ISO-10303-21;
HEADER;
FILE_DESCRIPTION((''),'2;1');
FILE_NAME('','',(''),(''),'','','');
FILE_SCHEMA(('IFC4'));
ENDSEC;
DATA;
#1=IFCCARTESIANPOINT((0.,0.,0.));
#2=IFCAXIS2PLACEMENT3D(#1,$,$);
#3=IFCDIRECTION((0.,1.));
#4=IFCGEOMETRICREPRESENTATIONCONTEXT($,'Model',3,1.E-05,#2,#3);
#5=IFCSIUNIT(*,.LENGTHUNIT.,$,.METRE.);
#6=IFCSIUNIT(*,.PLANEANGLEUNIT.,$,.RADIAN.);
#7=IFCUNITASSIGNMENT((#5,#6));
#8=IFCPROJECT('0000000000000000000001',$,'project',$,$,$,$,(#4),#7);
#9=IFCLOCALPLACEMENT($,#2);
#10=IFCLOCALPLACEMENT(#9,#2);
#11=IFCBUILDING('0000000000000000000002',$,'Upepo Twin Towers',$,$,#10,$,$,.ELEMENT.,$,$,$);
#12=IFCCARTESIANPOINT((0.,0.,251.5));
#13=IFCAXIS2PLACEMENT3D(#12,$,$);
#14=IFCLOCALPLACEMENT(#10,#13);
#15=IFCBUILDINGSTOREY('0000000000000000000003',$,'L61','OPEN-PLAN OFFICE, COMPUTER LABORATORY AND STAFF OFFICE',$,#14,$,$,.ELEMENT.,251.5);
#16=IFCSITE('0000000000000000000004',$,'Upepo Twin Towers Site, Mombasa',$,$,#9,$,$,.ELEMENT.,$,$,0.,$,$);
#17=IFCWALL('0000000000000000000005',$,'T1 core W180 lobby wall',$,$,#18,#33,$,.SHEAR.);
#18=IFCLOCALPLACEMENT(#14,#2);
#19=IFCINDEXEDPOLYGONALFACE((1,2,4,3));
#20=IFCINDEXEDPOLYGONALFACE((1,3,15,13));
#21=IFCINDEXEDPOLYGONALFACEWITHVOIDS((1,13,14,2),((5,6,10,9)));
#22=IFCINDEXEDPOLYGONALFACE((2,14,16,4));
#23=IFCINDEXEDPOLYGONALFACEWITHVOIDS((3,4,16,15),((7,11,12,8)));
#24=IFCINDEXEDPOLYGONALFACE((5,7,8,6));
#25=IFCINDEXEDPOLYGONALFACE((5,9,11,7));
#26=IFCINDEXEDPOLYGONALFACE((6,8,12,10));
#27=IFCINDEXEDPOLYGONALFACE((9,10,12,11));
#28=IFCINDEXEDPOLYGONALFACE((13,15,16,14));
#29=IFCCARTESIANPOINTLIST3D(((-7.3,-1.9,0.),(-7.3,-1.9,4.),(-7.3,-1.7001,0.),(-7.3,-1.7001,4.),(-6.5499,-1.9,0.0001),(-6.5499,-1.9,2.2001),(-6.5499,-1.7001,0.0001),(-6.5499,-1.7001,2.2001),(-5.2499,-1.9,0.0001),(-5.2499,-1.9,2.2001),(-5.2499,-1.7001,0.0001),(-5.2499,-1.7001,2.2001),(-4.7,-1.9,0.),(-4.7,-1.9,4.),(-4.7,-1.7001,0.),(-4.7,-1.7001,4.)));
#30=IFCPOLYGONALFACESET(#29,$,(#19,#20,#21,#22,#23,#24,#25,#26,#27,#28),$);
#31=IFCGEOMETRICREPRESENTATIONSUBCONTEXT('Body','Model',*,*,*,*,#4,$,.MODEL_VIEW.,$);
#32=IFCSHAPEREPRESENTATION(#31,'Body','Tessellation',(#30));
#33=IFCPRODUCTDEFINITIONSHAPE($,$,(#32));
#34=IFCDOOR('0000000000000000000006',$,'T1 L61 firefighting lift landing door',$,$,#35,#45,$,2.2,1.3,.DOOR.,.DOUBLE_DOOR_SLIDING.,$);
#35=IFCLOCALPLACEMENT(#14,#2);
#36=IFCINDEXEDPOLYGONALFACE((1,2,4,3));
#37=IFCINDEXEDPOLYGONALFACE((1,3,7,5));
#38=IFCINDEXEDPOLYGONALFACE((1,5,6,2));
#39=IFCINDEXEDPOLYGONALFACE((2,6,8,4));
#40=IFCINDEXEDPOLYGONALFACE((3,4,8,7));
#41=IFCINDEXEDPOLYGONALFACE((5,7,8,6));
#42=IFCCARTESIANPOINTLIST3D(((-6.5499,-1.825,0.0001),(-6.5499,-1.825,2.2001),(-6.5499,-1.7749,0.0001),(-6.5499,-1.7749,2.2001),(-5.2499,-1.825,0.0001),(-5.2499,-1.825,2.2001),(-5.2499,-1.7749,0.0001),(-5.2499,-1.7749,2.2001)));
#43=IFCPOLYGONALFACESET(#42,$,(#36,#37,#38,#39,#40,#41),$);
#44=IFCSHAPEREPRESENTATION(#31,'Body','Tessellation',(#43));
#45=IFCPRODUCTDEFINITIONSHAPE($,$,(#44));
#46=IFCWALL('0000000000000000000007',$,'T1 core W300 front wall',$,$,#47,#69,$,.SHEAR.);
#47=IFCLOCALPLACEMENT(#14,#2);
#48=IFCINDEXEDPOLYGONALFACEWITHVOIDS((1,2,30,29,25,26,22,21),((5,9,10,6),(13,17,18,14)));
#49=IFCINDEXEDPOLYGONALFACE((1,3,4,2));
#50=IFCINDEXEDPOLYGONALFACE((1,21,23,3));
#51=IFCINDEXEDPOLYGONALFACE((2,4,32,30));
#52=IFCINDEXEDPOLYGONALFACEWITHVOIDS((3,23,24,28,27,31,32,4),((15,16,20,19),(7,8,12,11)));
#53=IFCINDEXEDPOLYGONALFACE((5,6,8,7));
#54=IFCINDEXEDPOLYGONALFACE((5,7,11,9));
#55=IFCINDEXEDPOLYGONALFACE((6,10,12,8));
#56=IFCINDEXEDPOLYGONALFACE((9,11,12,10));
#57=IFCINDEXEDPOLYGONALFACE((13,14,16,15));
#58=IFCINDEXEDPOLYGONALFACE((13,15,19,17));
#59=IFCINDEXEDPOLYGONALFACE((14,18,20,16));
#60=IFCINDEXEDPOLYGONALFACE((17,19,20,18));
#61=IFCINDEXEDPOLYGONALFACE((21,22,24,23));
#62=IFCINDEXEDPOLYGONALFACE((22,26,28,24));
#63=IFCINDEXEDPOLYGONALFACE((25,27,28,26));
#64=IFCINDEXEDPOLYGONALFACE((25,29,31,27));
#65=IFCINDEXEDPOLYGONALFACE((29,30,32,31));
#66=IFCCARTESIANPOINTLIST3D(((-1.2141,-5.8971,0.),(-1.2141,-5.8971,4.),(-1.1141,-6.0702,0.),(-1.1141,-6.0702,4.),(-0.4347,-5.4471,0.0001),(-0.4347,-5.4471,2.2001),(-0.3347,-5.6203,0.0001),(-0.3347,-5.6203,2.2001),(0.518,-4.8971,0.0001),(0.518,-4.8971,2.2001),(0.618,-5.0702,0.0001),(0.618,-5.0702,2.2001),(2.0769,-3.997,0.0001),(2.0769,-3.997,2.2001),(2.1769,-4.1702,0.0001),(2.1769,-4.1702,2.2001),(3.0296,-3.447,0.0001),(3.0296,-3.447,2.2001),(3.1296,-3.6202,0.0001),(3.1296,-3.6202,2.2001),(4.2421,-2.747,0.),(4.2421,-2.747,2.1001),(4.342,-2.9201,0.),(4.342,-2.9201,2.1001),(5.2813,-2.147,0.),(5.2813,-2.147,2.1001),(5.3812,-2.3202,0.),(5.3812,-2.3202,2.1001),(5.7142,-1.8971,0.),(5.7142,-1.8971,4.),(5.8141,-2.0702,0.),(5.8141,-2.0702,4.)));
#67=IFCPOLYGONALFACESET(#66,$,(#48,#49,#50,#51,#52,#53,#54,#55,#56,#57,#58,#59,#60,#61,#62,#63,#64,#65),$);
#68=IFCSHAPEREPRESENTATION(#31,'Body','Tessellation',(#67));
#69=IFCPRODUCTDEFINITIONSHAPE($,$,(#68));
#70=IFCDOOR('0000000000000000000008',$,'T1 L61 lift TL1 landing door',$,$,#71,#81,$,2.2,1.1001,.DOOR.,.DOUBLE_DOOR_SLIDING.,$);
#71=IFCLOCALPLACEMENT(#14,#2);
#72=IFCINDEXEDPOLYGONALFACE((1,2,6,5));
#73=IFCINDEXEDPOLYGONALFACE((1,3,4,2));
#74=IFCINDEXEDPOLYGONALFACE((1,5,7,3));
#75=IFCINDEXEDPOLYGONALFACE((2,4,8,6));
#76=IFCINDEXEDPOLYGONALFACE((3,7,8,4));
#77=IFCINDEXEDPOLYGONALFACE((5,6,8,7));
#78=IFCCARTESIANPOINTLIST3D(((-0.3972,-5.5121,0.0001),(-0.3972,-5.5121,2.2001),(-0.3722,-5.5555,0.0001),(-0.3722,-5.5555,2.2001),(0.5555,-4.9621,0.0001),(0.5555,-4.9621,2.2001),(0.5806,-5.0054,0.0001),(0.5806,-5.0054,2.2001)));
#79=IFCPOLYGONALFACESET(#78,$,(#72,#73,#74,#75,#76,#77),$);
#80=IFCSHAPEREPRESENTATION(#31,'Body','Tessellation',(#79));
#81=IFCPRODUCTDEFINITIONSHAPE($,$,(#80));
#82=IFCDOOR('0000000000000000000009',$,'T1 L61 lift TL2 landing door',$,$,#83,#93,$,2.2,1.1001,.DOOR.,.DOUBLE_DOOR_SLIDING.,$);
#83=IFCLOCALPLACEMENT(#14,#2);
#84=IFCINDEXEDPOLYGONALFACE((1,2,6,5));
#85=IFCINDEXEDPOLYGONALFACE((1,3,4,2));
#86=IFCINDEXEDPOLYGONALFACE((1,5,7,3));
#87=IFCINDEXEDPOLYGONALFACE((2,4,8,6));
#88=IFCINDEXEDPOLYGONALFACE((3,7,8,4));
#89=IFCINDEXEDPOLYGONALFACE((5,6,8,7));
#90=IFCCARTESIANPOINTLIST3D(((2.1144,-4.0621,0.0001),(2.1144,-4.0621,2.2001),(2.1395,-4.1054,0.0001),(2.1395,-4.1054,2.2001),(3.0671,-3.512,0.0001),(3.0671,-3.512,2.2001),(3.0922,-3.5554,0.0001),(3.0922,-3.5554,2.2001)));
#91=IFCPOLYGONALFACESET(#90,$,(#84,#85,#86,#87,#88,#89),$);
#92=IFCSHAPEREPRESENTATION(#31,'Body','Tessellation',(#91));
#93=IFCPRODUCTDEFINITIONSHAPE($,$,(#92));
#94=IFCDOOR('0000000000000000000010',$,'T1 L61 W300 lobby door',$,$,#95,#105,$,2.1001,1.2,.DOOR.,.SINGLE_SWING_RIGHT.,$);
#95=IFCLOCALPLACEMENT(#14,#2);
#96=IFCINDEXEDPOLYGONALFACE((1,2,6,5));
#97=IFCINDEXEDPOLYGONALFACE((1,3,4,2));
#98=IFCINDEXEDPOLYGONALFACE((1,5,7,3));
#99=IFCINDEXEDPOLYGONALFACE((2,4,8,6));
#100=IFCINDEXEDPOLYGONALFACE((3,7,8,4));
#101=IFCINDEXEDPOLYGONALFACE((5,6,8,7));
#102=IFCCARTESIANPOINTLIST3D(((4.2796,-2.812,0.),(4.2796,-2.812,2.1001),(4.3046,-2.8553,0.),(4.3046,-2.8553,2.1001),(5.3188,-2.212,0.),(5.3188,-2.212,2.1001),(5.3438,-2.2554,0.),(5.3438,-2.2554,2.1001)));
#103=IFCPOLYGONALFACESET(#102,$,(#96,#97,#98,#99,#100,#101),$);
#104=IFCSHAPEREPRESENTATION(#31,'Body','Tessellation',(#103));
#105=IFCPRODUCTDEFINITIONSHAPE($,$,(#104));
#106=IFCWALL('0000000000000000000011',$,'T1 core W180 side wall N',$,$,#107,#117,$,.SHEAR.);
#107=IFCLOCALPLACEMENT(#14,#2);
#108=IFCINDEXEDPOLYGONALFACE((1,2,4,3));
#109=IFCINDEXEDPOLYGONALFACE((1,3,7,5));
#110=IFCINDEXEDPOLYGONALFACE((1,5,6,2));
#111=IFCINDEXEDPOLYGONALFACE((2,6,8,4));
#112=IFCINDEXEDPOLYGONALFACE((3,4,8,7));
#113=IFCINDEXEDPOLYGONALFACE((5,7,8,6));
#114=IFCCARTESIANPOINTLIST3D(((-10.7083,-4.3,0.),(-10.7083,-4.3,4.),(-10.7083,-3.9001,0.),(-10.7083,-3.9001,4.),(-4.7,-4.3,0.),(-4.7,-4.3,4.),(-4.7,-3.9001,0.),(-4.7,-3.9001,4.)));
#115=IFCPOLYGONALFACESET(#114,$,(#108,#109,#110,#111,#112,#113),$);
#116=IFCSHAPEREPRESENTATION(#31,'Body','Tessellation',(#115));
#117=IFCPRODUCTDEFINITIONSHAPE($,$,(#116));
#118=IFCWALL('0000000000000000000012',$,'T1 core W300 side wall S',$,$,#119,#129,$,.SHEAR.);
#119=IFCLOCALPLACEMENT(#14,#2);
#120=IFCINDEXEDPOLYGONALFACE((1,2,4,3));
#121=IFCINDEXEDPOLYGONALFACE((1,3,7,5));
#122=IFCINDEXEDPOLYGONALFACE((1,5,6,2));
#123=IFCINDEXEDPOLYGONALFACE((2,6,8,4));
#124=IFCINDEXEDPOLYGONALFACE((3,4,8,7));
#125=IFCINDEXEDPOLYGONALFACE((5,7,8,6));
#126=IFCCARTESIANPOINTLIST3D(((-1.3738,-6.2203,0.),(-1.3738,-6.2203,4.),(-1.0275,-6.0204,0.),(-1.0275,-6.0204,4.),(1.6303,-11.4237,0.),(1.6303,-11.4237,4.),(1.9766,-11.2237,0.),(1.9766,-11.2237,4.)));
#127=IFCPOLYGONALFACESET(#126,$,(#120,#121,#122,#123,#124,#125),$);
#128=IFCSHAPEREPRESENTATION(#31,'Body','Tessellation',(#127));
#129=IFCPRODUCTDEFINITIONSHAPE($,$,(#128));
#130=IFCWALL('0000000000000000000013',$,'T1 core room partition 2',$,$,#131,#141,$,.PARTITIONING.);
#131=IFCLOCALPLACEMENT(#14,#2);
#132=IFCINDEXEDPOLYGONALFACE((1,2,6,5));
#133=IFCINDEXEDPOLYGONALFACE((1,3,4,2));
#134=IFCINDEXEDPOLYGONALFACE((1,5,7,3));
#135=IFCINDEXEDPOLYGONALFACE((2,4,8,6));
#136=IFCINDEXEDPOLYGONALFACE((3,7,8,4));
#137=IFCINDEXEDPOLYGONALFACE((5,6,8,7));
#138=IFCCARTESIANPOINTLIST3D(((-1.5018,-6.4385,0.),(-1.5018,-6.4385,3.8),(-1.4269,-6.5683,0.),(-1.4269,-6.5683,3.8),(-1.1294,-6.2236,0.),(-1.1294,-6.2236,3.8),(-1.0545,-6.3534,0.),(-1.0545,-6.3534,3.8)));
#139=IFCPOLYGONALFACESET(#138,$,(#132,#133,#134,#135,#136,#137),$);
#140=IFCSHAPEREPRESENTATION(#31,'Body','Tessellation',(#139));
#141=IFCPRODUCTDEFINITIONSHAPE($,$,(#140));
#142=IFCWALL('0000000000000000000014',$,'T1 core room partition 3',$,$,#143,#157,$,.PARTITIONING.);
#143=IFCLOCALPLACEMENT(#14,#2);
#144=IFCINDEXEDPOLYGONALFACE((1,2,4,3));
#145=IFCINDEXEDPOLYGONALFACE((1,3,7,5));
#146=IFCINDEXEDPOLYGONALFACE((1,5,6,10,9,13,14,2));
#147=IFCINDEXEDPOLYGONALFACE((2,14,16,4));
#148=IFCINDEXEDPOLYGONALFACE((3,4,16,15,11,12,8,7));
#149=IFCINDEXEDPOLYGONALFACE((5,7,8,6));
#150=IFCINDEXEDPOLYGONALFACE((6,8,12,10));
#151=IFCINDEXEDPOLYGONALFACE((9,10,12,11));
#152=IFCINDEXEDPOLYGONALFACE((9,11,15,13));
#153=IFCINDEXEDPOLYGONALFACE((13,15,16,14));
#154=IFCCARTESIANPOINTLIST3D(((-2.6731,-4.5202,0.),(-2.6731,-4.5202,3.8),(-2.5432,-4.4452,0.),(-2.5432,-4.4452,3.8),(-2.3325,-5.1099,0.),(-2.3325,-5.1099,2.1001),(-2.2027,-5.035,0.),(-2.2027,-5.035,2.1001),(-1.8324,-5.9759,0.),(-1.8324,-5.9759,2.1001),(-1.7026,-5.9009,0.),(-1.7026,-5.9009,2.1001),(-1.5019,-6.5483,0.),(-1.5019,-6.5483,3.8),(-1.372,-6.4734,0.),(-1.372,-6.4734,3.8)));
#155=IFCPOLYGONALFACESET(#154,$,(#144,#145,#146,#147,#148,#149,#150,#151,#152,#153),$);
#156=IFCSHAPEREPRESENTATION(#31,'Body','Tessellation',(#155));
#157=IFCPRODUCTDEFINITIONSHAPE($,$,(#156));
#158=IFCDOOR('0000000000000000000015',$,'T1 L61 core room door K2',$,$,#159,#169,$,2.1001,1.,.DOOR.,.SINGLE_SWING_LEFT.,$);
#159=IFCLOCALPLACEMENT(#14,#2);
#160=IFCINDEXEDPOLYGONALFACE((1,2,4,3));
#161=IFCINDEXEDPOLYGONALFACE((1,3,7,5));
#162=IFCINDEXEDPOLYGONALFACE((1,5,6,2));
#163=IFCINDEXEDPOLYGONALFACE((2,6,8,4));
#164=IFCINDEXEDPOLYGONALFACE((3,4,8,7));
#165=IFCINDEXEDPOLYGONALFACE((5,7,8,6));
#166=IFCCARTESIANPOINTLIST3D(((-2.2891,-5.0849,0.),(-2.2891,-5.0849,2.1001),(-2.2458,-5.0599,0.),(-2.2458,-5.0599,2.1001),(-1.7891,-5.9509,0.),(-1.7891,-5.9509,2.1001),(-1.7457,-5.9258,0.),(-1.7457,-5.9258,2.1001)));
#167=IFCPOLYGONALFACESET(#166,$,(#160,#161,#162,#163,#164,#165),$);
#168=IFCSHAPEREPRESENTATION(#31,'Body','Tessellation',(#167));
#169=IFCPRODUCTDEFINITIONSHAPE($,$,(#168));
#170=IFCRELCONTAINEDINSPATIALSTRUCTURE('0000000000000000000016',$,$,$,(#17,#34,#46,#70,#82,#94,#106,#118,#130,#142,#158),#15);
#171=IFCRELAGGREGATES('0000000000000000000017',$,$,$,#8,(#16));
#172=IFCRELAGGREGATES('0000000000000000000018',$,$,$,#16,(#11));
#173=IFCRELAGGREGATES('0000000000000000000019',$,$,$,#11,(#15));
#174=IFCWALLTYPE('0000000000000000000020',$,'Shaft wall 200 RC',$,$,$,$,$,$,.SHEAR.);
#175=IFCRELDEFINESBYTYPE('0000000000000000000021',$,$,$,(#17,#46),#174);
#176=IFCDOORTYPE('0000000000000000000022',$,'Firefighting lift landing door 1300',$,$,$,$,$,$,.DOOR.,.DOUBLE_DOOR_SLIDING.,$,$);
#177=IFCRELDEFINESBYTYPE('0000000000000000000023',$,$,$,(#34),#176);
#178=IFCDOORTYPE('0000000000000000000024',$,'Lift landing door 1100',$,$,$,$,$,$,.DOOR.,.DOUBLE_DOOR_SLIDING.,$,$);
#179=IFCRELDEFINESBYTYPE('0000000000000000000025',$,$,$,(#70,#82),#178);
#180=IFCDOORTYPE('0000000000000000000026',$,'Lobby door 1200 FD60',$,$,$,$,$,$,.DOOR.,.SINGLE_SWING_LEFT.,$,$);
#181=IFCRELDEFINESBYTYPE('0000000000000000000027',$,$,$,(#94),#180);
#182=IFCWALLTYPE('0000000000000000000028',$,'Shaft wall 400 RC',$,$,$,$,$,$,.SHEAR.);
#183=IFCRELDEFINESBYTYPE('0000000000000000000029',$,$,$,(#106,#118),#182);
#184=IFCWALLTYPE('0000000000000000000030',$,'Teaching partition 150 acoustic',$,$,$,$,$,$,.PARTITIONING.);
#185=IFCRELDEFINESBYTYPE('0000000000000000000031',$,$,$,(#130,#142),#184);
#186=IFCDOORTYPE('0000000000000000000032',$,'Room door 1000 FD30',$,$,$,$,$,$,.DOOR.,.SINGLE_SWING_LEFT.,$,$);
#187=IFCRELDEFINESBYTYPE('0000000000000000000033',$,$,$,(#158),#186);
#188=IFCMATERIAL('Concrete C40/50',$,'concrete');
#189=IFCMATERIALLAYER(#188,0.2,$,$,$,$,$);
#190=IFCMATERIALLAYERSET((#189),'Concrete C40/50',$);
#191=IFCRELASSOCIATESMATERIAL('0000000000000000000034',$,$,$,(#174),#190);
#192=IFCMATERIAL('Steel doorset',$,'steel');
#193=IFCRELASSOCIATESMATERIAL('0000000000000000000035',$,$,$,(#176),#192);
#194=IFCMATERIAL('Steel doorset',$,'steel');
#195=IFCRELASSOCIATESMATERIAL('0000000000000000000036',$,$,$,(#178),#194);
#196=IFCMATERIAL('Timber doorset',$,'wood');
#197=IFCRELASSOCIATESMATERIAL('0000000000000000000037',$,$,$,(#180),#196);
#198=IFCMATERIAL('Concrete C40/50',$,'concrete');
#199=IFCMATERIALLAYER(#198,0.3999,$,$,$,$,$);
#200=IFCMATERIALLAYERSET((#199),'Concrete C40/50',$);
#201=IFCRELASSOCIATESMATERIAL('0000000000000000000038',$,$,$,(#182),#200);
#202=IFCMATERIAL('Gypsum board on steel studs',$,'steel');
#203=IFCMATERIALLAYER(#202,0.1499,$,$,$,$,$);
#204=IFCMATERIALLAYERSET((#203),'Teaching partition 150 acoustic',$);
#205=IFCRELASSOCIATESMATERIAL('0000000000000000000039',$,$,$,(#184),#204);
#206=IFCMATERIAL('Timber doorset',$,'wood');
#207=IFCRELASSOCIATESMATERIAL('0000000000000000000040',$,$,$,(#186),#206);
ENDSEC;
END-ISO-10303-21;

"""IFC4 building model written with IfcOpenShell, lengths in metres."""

from ifc_helpers import new_model, si_unit, direction, frame, frame_2d, origin, place, context, subcontext, project, spatial, rectangle, extrude, material, layer, layer_set, type_object, element, fill, save


model = new_model("IFC4")

# Units and contexts
model_context = context("Model", 3, precision=1e-05, world=origin(), true_north=direction((0.0, 1.0)))
body_context = subcontext(model_context, "Body", "Model", "MODEL_VIEW")
ifc_project = project(units=[si_unit("LENGTHUNIT", "METRE"), si_unit("PLANEANGLEUNIT", "RADIAN")], contexts=[model_context])

# Site, building, storey
site_placement = place(None, origin())
site = spatial("IfcSite", under=ifc_project, at=site_placement, Name="Upepo Twin Towers Site, Mombasa", CompositionType="ELEMENT", RefElevation=0.0)
building_placement = place(site_placement, origin())
building = spatial("IfcBuilding", under=site, at=building_placement, Name="Upepo Twin Towers", CompositionType="ELEMENT")
storey_placement = place(building_placement, frame((0.0, 0.0, 251.5)))
storey = spatial("IfcBuildingStorey", under=building, at=storey_placement, Name="L61", Description="OPEN-PLAN OFFICE, COMPUTER LABORATORY AND STAFF OFFICE", CompositionType="ELEMENT", Elevation=251.5)

# Wall, opening, door
ifc_material_1 = material(Name="Concrete C40/50", Category="concrete")
ifc_layer_1 = layer(ifc_material_1, 0.2)
ifc_layer_set_1 = layer_set([ifc_layer_1], Name="Concrete C40/50")
wall_type_1 = type_object("IfcWallType", Name="Shaft wall 200 RC", PredefinedType="SHEAR", material=ifc_layer_set_1)
wall_1_placement = place(storey_placement, frame((-4.7, -1.8, 0.0), z_axis=(0.0, 0.0, 1.0), x_axis=(-1.0, 0.0, 0.0)))
wall_1 = element("IfcWall", 1, at=wall_1_placement, inside=storey, type_object=wall_type_1, Name="T1 core W180 lobby wall", PredefinedType="SHEAR", context=body_context, shape_type="SweptSolid", body=[
    extrude(rectangle(XDim=2.6001, YDim=0.2, at=frame_2d((1.3, 0.0))), origin(), (0.0, 0.0, 1.0), 4.0),
])
opening_1_placement = place(wall_1_placement, frame((0.55, 0.0, 0.0)))
opening_1 = element("IfcOpeningElement", 2, at=opening_1_placement, cuts=wall_1, PredefinedType="OPENING", context=body_context, shape_type="SweptSolid", body=[
    extrude(rectangle(XDim=1.3, YDim=2.2, at=frame_2d((0.6499, 1.1001))), frame((0.0, 0.1099, 0.0), z_axis=(0.0, -1.0, 0.0), x_axis=(1.0, 0.0, 0.0)), (0.0, 0.0, 1.0), 0.22),
])
ifc_material_2 = material(Name="Steel doorset", Category="steel")
door_type_1 = type_object("IfcDoorType", Name="Firefighting lift landing door 1300", OperationType="DOUBLE_DOOR_SLIDING", PredefinedType="DOOR", material=ifc_material_2)
door_1_placement = place(opening_1_placement, origin())
door_1 = element("IfcDoor", 3, at=door_1_placement, inside=storey, type_object=door_type_1, Name="T1 L61 firefighting lift landing door", OperationType="DOUBLE_DOOR_SLIDING", OverallHeight=2.2, OverallWidth=1.3, PredefinedType="DOOR", context=body_context, shape_type="SweptSolid", body=[
    extrude(rectangle(XDim=1.3, YDim=2.2, at=frame_2d((0.6499, 1.1001))), frame((0.0, 0.0249, 0.0), z_axis=(0.0, -1.0, 0.0), x_axis=(1.0, 0.0, 0.0)), (0.0, 0.0, 1.0), 0.05),
])
fill(opening_1, door_1)

# Wall, openings, doors
wall_2_placement = place(storey_placement, frame((-1.1641, -5.9836, 0.0), z_axis=(0.0, 0.0, 1.0), x_axis=(0.866026, 0.499999, 0.0)))
wall_2 = element("IfcWall", 4, at=wall_2_placement, inside=storey, type_object=wall_type_1, Name="T1 core W300 front wall", PredefinedType="SHEAR", context=body_context, shape_type="SweptSolid", body=[
    extrude(rectangle(XDim=8.0, YDim=0.2, at=frame_2d((4.0, 0.0))), origin(), (0.0, 0.0, 1.0), 4.0),
])
opening_2_placement = place(wall_2_placement, frame((6.3, 0.0, 0.0)))
opening_2 = element("IfcOpeningElement", 5, at=opening_2_placement, cuts=wall_2, PredefinedType="OPENING", context=body_context, shape_type="SweptSolid", body=[
    extrude(rectangle(XDim=1.2, YDim=2.1001, at=frame_2d((0.6001, 1.05))), frame((0.0, 0.1099, 0.0), z_axis=(0.0, -1.0, 0.0), x_axis=(1.0, 0.0, 0.0)), (0.0, 0.0, 1.0), 0.22),
])
opening_3_placement = place(wall_2_placement, frame((0.8999, 0.0, 0.0)))
opening_3 = element("IfcOpeningElement", 6, at=opening_3_placement, cuts=wall_2, PredefinedType="OPENING", context=body_context, shape_type="SweptSolid", body=[
    extrude(rectangle(XDim=1.1001, YDim=2.2, at=frame_2d((0.55, 1.1001))), frame((0.0, 0.1099, 0.0), z_axis=(0.0, -1.0, 0.0), x_axis=(1.0, 0.0, 0.0)), (0.0, 0.0, 1.0), 0.22),
])
opening_4_placement = place(wall_2_placement, frame((3.8, 0.0, 0.0)))
opening_4 = element("IfcOpeningElement", 7, at=opening_4_placement, cuts=wall_2, PredefinedType="OPENING", context=body_context, shape_type="SweptSolid", body=[
    extrude(rectangle(XDim=1.1001, YDim=2.2, at=frame_2d((0.55, 1.1001))), frame((0.0, 0.1099, 0.0), z_axis=(0.0, -1.0, 0.0), x_axis=(1.0, 0.0, 0.0)), (0.0, 0.0, 1.0), 0.22),
])
ifc_material_3 = material(Name="Steel doorset", Category="steel")
door_type_2 = type_object("IfcDoorType", Name="Lift landing door 1100", OperationType="DOUBLE_DOOR_SLIDING", PredefinedType="DOOR", material=ifc_material_3)
door_2_placement = place(opening_3_placement, origin())
door_2 = element("IfcDoor", 8, at=door_2_placement, inside=storey, type_object=door_type_2, Name="T1 L61 lift TL1 landing door", OperationType="DOUBLE_DOOR_SLIDING", OverallHeight=2.2, OverallWidth=1.1001, PredefinedType="DOOR", context=body_context, shape_type="SweptSolid", body=[
    extrude(rectangle(XDim=1.1001, YDim=2.2, at=frame_2d((0.55, 1.1001))), frame((0.0, 0.0249, 0.0), z_axis=(0.0, -1.0, 0.0), x_axis=(1.0, 0.0, 0.0)), (0.0, 0.0, 1.0), 0.05),
])
fill(opening_3, door_2)
door_3_placement = place(opening_4_placement, origin())
door_3 = element("IfcDoor", 9, at=door_3_placement, inside=storey, type_object=door_type_2, Name="T1 L61 lift TL2 landing door", OperationType="DOUBLE_DOOR_SLIDING", OverallHeight=2.2, OverallWidth=1.1001, PredefinedType="DOOR", context=body_context, shape_type="SweptSolid", body=[
    extrude(rectangle(XDim=1.1001, YDim=2.2, at=frame_2d((0.55, 1.1001))), frame((0.0, 0.0249, 0.0), z_axis=(0.0, -1.0, 0.0), x_axis=(1.0, 0.0, 0.0)), (0.0, 0.0, 1.0), 0.05),
])
fill(opening_4, door_3)
ifc_material_4 = material(Name="Timber doorset", Category="wood")
door_type_3 = type_object("IfcDoorType", Name="Lobby door 1200 FD60", OperationType="SINGLE_SWING_LEFT", PredefinedType="DOOR", material=ifc_material_4)
door_4_placement = place(opening_2_placement, origin())
door_4 = element("IfcDoor", 10, at=door_4_placement, inside=storey, type_object=door_type_3, Name="T1 L61 W300 lobby door", OperationType="SINGLE_SWING_RIGHT", OverallHeight=2.1001, OverallWidth=1.2, PredefinedType="DOOR", context=body_context, shape_type="SweptSolid", body=[
    extrude(rectangle(XDim=1.2, YDim=2.1001, at=frame_2d((0.6001, 1.05))), frame((0.0, 0.0249, 0.0), z_axis=(0.0, -1.0, 0.0), x_axis=(1.0, 0.0, 0.0)), (0.0, 0.0, 1.0), 0.05),
])
fill(opening_2, door_4)

# Walls
ifc_material_5 = material(Name="Concrete C40/50", Category="concrete")
ifc_layer_2 = layer(ifc_material_5, 0.3999)
ifc_layer_set_2 = layer_set([ifc_layer_2], Name="Concrete C40/50")
wall_type_2 = type_object("IfcWallType", Name="Shaft wall 400 RC", PredefinedType="SHEAR", material=ifc_layer_set_2)
for number, where, z_axis, x_axis, name in (
    (11, (-4.7, -4.1001, 0.0), (0.0, 0.0, 1.0), (-1.0, 0.0, 0.0), "T1 core W180 side wall N"),
    (12, (-1.2007, -6.1204, 0.0), (0.0, 0.0, 1.0), (0.499998, -0.866027, 0.0), "T1 core W300 side wall S"),
):
    element("IfcWall", number, at=place(storey_placement, frame(where, z_axis=z_axis, x_axis=x_axis)), inside=storey, type_object=wall_type_2, Name=name, PredefinedType="SHEAR", context=body_context, shape_type="SweptSolid", body=[
        extrude(rectangle(XDim=6.0083, YDim=0.3999, at=frame_2d((3.0042, 0.0))), origin(), (0.0, 0.0, 1.0), 4.0),
    ])
ifc_material_6 = material(Name="Gypsum board on steel studs", Category="steel")
ifc_layer_3 = layer(ifc_material_6, 0.1499)
ifc_layer_set_3 = layer_set([ifc_layer_3], Name="Teaching partition 150 acoustic")
wall_type_3 = type_object("IfcWallType", Name="Teaching partition 150 acoustic", PredefinedType="PARTITIONING", material=ifc_layer_set_3)
wall_3_placement = place(storey_placement, frame((-1.092, -6.2886, 0.0), z_axis=(0.0, 0.0, 1.0), x_axis=(-0.866138, -0.499804, 0.0)))
element("IfcWall", 13, at=wall_3_placement, inside=storey, type_object=wall_type_3, Name="T1 core room partition 2", PredefinedType="PARTITIONING", context=body_context, shape_type="SweptSolid", body=[
    extrude(rectangle(XDim=0.4299, YDim=0.1499, at=frame_2d((0.2148, 0.0))), origin(), (0.0, 0.0, 1.0), 3.8),
])

# Wall, opening, door
wall_4_placement = place(storey_placement, frame((-1.437, -6.5107, 0.0), z_axis=(0.0, 0.0, 1.0), x_axis=(-0.500074, 0.865982, 0.0)))
wall_4 = element("IfcWall", 14, at=wall_4_placement, inside=storey, type_object=wall_type_3, Name="T1 core room partition 3", PredefinedType="PARTITIONING", context=body_context, shape_type="SweptSolid", body=[
    extrude(rectangle(XDim=2.342, YDim=0.1499, at=frame_2d((1.1709, 0.0))), origin(), (0.0, 0.0, 1.0), 3.8),
])
opening_5_placement = place(wall_4_placement, frame((0.6609, 0.0, 0.0)))
opening_5 = element("IfcOpeningElement", 15, at=opening_5_placement, cuts=wall_4, PredefinedType="OPENING", context=body_context, shape_type="SweptSolid", body=[
    extrude(rectangle(XDim=1.0, YDim=2.1001, at=frame_2d((0.5, 1.05))), frame((0.0, 0.085, 0.0), z_axis=(0.0, -1.0, 0.0), x_axis=(1.0, 0.0, 0.0)), (0.0, 0.0, 1.0), 0.1699),
])
ifc_material_7 = material(Name="Timber doorset", Category="wood")
door_type_4 = type_object("IfcDoorType", Name="Room door 1000 FD30", OperationType="SINGLE_SWING_LEFT", PredefinedType="DOOR", material=ifc_material_7)
door_5_placement = place(opening_5_placement, origin())
door_5 = element("IfcDoor", 16, at=door_5_placement, inside=storey, type_object=door_type_4, Name="T1 L61 core room door K2", OperationType="SINGLE_SWING_LEFT", OverallHeight=2.1001, OverallWidth=1.0, PredefinedType="DOOR", context=body_context, shape_type="SweptSolid", body=[
    extrude(rectangle(XDim=1.0, YDim=2.1001, at=frame_2d((0.5, 1.05))), frame((0.0, 0.0249, 0.0), z_axis=(0.0, -1.0, 0.0), x_axis=(1.0, 0.0, 0.0)), (0.0, 0.0, 1.0), 0.05),
])
fill(opening_5, door_5)

save(model, "model.ifc")
